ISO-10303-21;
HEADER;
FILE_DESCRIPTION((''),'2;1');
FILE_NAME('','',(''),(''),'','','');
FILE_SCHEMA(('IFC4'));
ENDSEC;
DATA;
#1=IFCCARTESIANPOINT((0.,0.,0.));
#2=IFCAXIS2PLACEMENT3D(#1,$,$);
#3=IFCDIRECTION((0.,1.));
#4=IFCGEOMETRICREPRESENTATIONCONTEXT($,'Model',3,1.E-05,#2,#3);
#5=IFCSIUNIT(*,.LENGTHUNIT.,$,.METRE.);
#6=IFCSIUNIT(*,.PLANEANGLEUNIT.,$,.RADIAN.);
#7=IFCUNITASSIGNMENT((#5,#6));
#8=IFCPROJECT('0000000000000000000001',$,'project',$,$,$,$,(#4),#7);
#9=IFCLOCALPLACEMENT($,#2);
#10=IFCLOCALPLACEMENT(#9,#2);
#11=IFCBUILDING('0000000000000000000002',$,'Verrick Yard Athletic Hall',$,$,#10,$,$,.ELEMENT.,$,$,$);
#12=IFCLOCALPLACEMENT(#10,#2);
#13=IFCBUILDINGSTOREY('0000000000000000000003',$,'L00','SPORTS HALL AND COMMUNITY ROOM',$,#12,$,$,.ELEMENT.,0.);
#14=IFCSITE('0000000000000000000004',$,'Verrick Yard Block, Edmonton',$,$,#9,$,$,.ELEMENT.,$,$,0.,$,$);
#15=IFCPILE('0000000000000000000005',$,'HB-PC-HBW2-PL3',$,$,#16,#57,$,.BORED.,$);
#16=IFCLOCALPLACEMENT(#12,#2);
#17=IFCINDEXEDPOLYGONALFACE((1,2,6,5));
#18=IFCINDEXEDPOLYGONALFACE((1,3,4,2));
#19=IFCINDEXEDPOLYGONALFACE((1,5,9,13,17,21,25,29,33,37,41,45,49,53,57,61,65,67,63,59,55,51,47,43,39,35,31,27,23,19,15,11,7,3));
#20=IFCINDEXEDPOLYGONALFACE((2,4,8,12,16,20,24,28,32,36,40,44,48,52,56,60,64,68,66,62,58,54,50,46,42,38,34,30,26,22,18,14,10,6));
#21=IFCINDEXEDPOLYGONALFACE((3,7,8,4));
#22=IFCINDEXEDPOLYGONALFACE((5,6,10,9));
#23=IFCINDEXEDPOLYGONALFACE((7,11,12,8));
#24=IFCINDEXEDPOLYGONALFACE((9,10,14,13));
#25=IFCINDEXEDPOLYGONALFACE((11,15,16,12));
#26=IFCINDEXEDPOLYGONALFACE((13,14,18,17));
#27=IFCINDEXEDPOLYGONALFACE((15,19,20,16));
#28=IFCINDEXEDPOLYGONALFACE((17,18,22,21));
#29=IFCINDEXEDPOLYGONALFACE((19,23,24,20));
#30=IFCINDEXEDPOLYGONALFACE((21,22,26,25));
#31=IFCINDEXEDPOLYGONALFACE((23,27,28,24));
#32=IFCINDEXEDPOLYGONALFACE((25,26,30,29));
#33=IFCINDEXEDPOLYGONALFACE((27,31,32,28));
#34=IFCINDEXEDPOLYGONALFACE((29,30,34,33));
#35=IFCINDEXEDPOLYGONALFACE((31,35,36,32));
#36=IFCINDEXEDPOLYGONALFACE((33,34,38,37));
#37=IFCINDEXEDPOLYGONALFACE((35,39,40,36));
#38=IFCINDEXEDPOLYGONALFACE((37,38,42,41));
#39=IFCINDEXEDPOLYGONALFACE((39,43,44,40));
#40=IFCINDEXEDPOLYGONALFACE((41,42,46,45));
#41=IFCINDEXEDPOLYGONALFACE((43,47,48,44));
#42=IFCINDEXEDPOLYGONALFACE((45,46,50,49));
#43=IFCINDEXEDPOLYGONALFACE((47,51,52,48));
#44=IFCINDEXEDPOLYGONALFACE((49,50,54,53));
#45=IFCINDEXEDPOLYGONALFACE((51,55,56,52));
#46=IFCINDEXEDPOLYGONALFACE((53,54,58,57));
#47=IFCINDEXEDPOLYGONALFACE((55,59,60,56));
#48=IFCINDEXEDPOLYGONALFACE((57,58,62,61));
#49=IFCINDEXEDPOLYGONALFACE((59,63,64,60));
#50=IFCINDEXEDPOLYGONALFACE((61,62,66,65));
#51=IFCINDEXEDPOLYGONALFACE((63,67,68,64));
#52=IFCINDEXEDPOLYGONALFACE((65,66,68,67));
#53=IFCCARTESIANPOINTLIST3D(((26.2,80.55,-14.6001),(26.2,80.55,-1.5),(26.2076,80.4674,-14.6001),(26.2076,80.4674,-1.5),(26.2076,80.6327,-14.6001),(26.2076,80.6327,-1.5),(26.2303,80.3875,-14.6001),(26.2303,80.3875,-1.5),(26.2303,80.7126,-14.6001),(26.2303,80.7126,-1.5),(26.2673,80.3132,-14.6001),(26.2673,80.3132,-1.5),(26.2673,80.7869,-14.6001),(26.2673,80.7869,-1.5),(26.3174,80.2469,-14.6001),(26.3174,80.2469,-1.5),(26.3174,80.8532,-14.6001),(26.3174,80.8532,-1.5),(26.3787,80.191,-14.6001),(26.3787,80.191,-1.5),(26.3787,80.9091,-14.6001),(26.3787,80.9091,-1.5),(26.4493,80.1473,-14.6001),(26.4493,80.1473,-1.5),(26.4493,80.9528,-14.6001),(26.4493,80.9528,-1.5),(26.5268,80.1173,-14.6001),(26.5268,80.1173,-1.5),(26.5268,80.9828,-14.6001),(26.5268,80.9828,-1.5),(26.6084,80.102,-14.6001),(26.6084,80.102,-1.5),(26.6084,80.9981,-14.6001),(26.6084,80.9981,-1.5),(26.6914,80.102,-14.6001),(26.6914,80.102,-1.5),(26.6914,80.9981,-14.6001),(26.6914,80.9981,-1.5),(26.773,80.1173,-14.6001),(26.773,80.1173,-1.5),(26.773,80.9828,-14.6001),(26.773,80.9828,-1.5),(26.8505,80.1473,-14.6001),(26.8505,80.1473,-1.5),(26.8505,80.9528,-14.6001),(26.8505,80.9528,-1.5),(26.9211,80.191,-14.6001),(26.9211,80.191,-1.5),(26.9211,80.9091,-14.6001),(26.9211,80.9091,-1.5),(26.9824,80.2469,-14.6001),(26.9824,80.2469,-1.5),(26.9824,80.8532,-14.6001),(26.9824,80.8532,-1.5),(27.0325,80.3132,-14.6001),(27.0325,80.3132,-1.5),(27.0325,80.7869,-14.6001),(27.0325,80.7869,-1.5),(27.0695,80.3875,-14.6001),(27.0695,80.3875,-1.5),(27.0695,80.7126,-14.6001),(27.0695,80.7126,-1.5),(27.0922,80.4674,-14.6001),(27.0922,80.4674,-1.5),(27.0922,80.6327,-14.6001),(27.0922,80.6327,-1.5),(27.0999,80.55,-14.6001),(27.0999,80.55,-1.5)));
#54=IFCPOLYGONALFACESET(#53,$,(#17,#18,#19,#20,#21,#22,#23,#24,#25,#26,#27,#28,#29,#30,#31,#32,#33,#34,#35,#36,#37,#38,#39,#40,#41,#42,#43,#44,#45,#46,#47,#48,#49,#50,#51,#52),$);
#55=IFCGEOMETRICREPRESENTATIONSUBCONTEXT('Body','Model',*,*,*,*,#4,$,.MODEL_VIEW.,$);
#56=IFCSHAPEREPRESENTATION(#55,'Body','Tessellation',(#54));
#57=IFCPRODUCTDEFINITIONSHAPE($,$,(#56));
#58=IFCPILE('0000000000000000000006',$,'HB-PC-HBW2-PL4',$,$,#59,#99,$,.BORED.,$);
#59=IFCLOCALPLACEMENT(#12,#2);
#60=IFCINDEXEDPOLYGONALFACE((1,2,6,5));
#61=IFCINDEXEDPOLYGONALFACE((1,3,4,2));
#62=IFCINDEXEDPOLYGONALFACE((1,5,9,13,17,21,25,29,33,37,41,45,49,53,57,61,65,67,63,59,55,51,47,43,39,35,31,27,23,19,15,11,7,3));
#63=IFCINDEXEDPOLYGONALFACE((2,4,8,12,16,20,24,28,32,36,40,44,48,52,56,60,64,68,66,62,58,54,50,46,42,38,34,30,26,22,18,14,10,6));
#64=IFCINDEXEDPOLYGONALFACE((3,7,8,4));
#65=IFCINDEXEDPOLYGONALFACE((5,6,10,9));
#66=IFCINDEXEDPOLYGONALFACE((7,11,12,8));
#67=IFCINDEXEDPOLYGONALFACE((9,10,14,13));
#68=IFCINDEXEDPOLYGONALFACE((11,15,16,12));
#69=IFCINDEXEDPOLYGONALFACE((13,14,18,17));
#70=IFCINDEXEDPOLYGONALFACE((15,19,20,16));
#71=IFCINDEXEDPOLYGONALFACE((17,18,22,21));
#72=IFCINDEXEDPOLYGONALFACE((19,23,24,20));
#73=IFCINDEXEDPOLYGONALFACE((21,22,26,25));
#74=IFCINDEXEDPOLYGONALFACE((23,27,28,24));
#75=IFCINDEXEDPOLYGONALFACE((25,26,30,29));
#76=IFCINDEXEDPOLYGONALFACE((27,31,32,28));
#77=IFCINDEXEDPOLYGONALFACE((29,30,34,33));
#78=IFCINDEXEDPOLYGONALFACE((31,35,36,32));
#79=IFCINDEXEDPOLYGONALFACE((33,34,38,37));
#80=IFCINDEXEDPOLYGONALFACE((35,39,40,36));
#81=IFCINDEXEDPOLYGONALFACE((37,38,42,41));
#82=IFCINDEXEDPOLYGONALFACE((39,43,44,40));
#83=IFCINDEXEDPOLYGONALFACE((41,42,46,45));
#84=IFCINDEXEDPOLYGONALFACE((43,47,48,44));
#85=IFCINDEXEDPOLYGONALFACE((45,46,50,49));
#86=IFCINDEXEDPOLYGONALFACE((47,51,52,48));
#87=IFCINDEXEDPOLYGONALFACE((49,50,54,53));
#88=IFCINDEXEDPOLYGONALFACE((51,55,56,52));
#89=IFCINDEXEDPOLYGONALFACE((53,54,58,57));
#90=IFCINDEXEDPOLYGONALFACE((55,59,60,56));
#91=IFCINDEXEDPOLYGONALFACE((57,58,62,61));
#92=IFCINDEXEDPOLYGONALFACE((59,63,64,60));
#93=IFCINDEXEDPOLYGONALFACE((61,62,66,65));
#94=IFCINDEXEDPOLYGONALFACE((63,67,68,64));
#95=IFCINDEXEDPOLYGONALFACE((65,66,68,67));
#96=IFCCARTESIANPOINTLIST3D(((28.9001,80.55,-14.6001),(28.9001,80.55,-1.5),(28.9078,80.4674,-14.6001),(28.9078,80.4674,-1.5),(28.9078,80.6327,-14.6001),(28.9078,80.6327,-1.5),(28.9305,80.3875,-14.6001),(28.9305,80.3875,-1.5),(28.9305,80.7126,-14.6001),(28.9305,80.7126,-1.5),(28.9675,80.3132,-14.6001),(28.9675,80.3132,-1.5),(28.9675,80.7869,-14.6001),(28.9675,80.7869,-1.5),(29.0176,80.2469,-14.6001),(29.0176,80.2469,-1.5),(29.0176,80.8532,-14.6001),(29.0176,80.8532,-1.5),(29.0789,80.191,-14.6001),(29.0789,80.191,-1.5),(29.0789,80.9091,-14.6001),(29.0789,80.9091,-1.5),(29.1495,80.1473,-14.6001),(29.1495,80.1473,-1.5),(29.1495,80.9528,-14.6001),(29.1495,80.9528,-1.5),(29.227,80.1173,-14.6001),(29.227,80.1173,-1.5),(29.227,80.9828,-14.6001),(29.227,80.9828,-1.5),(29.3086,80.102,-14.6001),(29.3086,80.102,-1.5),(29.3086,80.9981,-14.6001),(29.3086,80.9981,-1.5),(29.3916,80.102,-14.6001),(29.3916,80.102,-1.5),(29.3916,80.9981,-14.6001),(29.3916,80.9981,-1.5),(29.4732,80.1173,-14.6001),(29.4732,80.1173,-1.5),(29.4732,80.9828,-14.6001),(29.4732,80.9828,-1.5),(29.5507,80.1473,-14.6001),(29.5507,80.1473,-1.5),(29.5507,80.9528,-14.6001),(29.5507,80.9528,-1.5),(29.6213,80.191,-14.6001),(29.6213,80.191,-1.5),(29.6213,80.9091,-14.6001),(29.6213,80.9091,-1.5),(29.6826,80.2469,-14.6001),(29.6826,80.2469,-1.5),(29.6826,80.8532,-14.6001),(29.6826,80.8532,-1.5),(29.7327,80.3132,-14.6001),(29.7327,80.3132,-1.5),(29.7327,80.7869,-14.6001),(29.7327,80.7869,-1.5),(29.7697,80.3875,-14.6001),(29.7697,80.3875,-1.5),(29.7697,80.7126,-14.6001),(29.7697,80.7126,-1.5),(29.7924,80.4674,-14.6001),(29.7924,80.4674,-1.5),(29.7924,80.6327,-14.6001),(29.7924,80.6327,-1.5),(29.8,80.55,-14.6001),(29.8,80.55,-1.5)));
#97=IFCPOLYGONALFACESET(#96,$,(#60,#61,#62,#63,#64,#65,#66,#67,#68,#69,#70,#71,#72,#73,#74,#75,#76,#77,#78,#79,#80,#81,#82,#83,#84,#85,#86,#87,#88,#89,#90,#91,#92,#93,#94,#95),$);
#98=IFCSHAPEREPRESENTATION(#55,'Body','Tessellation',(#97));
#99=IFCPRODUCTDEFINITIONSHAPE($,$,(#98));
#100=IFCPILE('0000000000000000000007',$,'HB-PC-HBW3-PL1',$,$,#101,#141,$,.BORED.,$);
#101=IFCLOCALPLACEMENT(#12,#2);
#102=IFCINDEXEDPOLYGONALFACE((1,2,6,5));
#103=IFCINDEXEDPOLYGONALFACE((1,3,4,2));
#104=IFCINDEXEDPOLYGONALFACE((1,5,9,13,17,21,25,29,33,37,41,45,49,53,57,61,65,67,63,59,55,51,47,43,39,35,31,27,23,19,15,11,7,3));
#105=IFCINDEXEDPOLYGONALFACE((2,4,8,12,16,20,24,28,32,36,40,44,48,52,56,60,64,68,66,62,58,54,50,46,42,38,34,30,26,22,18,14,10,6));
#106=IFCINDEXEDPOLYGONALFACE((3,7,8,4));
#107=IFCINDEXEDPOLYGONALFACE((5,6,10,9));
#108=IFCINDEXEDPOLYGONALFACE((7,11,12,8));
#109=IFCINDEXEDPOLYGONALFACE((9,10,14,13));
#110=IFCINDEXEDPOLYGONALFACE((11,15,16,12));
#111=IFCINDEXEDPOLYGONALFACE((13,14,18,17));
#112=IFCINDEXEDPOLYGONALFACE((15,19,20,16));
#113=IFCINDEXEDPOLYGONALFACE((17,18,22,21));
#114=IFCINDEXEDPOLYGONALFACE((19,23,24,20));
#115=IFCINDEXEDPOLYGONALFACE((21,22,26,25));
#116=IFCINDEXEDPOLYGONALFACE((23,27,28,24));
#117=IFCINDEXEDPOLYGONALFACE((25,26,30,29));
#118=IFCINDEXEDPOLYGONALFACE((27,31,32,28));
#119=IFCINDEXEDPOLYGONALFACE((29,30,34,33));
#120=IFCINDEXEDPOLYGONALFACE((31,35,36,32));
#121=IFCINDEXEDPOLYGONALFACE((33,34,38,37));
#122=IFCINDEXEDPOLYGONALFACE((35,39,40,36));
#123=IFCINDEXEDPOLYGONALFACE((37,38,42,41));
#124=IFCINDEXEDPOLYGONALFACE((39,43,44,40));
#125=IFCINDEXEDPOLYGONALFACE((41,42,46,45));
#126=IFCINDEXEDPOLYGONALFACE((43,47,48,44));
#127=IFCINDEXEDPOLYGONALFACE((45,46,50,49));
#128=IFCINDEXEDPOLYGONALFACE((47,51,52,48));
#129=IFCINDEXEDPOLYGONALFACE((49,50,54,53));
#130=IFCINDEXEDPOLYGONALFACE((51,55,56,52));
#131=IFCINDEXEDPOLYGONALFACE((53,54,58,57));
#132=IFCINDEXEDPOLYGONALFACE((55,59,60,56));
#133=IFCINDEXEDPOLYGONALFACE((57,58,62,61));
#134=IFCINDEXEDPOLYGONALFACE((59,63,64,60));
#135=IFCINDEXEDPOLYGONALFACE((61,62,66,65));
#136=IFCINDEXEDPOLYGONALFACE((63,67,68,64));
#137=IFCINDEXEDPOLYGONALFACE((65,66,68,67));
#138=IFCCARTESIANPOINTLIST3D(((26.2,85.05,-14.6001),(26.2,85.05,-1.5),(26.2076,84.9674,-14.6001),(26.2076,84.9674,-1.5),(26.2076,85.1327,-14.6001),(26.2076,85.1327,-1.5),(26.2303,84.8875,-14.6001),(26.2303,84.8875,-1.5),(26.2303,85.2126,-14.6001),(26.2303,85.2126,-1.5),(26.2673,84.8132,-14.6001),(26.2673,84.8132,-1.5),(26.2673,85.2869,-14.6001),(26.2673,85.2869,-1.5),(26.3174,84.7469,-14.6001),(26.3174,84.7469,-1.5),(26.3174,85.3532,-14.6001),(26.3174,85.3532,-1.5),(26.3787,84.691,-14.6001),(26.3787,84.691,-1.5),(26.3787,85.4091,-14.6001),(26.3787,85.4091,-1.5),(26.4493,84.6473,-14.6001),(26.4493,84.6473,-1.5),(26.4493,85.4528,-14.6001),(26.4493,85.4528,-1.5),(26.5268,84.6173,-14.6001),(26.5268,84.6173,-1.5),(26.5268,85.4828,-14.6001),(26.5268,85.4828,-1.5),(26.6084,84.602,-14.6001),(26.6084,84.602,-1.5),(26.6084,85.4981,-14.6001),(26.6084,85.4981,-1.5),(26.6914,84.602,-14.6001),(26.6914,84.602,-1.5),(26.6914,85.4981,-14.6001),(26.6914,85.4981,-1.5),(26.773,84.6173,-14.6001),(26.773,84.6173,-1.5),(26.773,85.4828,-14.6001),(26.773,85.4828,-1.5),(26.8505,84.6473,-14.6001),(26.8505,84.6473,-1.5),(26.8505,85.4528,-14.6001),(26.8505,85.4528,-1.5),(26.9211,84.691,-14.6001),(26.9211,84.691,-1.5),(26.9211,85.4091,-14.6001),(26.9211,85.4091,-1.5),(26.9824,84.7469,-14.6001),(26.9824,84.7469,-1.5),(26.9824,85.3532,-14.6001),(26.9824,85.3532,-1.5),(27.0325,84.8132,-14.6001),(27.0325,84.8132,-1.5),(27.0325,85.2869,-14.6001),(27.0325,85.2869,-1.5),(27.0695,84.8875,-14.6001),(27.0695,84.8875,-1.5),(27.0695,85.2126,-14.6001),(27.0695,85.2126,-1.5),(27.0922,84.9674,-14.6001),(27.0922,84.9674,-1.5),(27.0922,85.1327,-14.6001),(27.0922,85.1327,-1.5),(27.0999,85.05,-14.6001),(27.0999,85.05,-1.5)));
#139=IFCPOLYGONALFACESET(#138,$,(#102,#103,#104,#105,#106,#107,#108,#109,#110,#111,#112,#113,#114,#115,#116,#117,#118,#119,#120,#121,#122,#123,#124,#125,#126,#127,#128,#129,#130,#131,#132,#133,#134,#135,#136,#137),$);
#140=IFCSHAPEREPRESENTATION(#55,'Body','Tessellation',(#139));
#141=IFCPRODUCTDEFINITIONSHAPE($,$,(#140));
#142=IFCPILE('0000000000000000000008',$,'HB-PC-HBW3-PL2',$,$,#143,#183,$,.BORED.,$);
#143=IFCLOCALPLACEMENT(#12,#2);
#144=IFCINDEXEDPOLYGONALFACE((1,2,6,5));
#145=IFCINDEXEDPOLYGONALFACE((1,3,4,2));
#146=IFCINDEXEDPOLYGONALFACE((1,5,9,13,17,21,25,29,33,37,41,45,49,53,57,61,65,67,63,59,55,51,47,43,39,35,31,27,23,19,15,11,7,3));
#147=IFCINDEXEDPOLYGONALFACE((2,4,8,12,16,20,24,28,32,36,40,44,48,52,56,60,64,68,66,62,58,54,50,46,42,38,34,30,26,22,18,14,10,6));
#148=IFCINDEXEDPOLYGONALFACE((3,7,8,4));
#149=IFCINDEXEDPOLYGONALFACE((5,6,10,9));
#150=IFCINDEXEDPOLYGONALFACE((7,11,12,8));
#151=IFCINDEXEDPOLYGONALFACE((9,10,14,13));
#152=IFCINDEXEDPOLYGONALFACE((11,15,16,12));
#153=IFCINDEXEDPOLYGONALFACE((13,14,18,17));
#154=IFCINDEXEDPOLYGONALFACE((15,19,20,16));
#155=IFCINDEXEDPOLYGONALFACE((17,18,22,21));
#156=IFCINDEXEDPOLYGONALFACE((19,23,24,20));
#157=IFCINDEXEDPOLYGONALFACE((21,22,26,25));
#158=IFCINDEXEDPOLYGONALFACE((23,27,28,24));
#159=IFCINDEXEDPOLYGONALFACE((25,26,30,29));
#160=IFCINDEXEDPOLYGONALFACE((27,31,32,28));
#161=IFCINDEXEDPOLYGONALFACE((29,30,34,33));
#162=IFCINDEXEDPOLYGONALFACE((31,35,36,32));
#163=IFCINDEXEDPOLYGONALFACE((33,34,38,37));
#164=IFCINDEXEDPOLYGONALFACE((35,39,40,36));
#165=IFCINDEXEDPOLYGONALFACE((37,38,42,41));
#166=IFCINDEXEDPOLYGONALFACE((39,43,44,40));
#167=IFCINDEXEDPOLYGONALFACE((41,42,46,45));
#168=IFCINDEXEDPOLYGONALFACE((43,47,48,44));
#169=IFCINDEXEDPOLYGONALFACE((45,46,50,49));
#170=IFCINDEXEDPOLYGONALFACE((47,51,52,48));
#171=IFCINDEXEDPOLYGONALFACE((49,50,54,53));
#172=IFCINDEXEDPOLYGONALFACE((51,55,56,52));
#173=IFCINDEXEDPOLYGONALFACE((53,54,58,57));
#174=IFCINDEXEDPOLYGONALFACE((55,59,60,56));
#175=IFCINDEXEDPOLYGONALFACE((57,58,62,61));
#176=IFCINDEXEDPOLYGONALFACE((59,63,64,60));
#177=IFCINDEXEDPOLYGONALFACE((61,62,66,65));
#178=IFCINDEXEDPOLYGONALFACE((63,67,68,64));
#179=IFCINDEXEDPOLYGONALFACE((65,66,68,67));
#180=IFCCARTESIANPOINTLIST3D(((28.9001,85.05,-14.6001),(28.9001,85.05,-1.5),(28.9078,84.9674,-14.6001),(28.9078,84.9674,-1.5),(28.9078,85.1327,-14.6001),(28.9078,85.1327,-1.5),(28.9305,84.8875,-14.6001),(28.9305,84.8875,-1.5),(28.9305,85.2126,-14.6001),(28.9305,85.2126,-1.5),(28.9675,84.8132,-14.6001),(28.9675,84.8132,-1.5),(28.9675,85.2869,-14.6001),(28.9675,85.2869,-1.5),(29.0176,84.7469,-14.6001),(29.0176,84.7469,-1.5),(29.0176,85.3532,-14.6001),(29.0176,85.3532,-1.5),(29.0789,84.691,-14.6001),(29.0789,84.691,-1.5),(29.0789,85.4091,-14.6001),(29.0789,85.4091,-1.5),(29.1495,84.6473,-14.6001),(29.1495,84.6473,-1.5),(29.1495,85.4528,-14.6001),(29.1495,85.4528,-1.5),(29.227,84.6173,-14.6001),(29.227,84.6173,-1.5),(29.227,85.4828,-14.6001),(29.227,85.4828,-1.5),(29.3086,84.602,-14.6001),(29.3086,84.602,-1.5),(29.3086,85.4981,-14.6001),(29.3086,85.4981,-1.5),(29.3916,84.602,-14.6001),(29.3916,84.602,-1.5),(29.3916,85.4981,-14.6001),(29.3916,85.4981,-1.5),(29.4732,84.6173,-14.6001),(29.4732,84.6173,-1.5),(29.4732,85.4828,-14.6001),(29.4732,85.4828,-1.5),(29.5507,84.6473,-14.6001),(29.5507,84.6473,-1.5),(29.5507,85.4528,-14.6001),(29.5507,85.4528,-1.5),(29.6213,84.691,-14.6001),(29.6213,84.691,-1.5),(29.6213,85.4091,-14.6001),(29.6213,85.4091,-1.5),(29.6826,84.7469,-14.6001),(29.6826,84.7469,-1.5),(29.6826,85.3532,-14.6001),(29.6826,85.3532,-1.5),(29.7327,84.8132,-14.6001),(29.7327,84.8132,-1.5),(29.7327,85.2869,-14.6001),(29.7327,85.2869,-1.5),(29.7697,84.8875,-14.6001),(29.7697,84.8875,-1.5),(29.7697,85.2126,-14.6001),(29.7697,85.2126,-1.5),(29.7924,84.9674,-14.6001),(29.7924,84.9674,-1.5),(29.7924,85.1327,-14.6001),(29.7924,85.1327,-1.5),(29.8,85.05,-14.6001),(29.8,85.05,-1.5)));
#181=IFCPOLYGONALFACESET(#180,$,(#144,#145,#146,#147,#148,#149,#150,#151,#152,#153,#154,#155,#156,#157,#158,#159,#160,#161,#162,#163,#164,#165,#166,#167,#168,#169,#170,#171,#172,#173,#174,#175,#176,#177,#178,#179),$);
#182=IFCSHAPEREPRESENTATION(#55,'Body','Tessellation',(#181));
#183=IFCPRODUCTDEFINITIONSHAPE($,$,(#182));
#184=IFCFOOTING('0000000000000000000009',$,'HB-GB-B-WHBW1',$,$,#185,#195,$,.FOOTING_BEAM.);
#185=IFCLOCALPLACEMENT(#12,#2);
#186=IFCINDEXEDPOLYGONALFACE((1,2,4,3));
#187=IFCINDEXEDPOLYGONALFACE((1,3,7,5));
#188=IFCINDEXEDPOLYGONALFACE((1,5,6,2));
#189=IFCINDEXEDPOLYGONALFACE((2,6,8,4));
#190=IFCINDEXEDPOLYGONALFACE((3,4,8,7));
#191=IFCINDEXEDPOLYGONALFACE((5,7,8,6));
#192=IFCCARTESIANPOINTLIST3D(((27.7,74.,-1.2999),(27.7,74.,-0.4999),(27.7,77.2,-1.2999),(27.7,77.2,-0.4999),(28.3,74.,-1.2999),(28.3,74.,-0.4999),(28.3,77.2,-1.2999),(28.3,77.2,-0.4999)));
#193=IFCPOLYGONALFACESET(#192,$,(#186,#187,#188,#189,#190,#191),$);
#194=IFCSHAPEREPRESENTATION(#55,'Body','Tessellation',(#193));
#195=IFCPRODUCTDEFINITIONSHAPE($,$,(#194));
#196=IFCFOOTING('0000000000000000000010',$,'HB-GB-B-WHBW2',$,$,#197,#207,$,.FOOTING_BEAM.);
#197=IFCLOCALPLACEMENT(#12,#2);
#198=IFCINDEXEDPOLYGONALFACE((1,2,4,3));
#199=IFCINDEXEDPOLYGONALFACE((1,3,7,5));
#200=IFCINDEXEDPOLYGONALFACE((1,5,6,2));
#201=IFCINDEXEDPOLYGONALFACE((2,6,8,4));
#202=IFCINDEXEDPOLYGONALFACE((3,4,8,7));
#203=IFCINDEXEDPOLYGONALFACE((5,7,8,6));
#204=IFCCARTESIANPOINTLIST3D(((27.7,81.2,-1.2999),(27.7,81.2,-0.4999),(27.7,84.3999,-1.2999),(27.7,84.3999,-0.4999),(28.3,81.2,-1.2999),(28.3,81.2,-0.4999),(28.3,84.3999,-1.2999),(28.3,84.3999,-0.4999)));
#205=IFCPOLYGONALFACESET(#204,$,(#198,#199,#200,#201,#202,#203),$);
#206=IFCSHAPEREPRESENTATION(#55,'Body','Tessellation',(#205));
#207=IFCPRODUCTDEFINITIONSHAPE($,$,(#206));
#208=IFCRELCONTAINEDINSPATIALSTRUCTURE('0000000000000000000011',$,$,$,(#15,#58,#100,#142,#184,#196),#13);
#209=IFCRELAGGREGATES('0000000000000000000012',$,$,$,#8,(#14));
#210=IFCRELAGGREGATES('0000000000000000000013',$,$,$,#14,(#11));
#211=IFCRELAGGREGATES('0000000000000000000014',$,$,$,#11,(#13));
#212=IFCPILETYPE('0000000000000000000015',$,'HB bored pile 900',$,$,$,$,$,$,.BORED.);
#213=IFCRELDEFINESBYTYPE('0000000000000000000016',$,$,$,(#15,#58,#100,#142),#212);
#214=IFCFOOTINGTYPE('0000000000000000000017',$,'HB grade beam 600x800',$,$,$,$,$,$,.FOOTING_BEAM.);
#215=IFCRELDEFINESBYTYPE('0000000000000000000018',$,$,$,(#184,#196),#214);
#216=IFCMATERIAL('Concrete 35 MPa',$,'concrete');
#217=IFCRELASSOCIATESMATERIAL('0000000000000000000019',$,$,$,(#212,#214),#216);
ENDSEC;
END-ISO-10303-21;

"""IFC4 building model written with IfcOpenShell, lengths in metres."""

from ifc_helpers import new_model, si_unit, direction, frame, origin, origin_2d, place, context, subcontext, project, spatial, rectangle, circle, extrude, material, material_profile, profile_set, type_object, element, save


model = new_model("IFC4")

# Units and contexts
model_context = context("Model", 3, precision=1e-05, world=origin(), true_north=direction((0.0, 1.0)))
body_context = subcontext(model_context, "Body", "Model", "MODEL_VIEW")
ifc_project = project(units=[si_unit("LENGTHUNIT", "METRE"), si_unit("PLANEANGLEUNIT", "RADIAN")], contexts=[model_context])

# Site, building, storey
site_placement = place(None, origin())
site = spatial("IfcSite", under=ifc_project, at=site_placement, Name="Verrick Yard Block, Edmonton", CompositionType="ELEMENT", RefElevation=0.0)
building_placement = place(site_placement, origin())
building = spatial("IfcBuilding", under=site, at=building_placement, Name="Verrick Yard Athletic Hall", CompositionType="ELEMENT")
storey_placement = place(building_placement, origin())
storey = spatial("IfcBuildingStorey", under=building, at=storey_placement, Name="L00", Description="SPORTS HALL AND COMMUNITY ROOM", CompositionType="ELEMENT", Elevation=0.0)

# Piles
ifc_material_1 = material(Name="Concrete 35 MPa", Category="concrete")
ifc_material_profile_1 = material_profile(ifc_material_1, circle(Radius=0.45, at=origin_2d()), Name="Bored pile 900")
ifc_profile_set_1 = profile_set([ifc_material_profile_1], Name="Concrete 35 MPa")
pile_type = type_object("IfcPileType", Name="HB bored pile 900", PredefinedType="BORED", material=ifc_profile_set_1)
for number, where, z_axis, x_axis, name in (
    (1, (26.6499, 80.55, -1.5), (0.0, 0.0, -1.0), (1.0, 0.0, 0.0), "HB-PC-HBW2-PL3"),
    (2, (29.3501, 80.55, -1.5), (0.0, 0.0, -1.0), (1.0, 0.0, 0.0), "HB-PC-HBW2-PL4"),
    (3, (26.6499, 85.05, -1.5), (0.0, 0.0, -1.0), (1.0, 0.0, 0.0), "HB-PC-HBW3-PL1"),
    (4, (29.3501, 85.05, -1.5), (0.0, 0.0, -1.0), (1.0, 0.0, 0.0), "HB-PC-HBW3-PL2"),
):
    element("IfcPile", number, at=place(storey_placement, frame(where, z_axis=z_axis, x_axis=x_axis)), inside=storey, type_object=pile_type, Name=name, PredefinedType="BORED", context=body_context, shape_type="SweptSolid", body=[
        extrude(circle(Radius=0.45, at=origin_2d()), origin(), (0.0, 0.0, 1.0), 13.1001),
    ])

# Footings
ifc_material_profile_2 = material_profile(ifc_material_1, rectangle(XDim=0.6001, YDim=0.8, at=origin_2d()), Name="Grade beam 600x800")
ifc_profile_set_2 = profile_set([ifc_material_profile_2], Name="Concrete 35 MPa")
footing_type = type_object("IfcFootingType", Name="HB grade beam 600x800", PredefinedType="FOOTING_BEAM", material=ifc_profile_set_2)
for number, where, z_axis, x_axis, name in (
    (5, (28.0, 74.0, -0.8999), (0.0, 1.0, 0.0), (-1.0, 0.0, 0.0), "HB-GB-B-WHBW1"),
    (6, (28.0, 81.2, -0.8999), (0.0, 1.0, 0.0), (-1.0, 0.0, 0.0), "HB-GB-B-WHBW2"),
):
    element("IfcFooting", number, at=place(storey_placement, frame(where, z_axis=z_axis, x_axis=x_axis)), inside=storey, type_object=footing_type, Name=name, PredefinedType="FOOTING_BEAM", context=body_context, shape_type="SweptSolid", body=[
        extrude(rectangle(XDim=0.6001, YDim=0.8, at=origin_2d()), origin(), (0.0, 0.0, 1.0), 3.2),
    ])

save(model, "model.ifc")
